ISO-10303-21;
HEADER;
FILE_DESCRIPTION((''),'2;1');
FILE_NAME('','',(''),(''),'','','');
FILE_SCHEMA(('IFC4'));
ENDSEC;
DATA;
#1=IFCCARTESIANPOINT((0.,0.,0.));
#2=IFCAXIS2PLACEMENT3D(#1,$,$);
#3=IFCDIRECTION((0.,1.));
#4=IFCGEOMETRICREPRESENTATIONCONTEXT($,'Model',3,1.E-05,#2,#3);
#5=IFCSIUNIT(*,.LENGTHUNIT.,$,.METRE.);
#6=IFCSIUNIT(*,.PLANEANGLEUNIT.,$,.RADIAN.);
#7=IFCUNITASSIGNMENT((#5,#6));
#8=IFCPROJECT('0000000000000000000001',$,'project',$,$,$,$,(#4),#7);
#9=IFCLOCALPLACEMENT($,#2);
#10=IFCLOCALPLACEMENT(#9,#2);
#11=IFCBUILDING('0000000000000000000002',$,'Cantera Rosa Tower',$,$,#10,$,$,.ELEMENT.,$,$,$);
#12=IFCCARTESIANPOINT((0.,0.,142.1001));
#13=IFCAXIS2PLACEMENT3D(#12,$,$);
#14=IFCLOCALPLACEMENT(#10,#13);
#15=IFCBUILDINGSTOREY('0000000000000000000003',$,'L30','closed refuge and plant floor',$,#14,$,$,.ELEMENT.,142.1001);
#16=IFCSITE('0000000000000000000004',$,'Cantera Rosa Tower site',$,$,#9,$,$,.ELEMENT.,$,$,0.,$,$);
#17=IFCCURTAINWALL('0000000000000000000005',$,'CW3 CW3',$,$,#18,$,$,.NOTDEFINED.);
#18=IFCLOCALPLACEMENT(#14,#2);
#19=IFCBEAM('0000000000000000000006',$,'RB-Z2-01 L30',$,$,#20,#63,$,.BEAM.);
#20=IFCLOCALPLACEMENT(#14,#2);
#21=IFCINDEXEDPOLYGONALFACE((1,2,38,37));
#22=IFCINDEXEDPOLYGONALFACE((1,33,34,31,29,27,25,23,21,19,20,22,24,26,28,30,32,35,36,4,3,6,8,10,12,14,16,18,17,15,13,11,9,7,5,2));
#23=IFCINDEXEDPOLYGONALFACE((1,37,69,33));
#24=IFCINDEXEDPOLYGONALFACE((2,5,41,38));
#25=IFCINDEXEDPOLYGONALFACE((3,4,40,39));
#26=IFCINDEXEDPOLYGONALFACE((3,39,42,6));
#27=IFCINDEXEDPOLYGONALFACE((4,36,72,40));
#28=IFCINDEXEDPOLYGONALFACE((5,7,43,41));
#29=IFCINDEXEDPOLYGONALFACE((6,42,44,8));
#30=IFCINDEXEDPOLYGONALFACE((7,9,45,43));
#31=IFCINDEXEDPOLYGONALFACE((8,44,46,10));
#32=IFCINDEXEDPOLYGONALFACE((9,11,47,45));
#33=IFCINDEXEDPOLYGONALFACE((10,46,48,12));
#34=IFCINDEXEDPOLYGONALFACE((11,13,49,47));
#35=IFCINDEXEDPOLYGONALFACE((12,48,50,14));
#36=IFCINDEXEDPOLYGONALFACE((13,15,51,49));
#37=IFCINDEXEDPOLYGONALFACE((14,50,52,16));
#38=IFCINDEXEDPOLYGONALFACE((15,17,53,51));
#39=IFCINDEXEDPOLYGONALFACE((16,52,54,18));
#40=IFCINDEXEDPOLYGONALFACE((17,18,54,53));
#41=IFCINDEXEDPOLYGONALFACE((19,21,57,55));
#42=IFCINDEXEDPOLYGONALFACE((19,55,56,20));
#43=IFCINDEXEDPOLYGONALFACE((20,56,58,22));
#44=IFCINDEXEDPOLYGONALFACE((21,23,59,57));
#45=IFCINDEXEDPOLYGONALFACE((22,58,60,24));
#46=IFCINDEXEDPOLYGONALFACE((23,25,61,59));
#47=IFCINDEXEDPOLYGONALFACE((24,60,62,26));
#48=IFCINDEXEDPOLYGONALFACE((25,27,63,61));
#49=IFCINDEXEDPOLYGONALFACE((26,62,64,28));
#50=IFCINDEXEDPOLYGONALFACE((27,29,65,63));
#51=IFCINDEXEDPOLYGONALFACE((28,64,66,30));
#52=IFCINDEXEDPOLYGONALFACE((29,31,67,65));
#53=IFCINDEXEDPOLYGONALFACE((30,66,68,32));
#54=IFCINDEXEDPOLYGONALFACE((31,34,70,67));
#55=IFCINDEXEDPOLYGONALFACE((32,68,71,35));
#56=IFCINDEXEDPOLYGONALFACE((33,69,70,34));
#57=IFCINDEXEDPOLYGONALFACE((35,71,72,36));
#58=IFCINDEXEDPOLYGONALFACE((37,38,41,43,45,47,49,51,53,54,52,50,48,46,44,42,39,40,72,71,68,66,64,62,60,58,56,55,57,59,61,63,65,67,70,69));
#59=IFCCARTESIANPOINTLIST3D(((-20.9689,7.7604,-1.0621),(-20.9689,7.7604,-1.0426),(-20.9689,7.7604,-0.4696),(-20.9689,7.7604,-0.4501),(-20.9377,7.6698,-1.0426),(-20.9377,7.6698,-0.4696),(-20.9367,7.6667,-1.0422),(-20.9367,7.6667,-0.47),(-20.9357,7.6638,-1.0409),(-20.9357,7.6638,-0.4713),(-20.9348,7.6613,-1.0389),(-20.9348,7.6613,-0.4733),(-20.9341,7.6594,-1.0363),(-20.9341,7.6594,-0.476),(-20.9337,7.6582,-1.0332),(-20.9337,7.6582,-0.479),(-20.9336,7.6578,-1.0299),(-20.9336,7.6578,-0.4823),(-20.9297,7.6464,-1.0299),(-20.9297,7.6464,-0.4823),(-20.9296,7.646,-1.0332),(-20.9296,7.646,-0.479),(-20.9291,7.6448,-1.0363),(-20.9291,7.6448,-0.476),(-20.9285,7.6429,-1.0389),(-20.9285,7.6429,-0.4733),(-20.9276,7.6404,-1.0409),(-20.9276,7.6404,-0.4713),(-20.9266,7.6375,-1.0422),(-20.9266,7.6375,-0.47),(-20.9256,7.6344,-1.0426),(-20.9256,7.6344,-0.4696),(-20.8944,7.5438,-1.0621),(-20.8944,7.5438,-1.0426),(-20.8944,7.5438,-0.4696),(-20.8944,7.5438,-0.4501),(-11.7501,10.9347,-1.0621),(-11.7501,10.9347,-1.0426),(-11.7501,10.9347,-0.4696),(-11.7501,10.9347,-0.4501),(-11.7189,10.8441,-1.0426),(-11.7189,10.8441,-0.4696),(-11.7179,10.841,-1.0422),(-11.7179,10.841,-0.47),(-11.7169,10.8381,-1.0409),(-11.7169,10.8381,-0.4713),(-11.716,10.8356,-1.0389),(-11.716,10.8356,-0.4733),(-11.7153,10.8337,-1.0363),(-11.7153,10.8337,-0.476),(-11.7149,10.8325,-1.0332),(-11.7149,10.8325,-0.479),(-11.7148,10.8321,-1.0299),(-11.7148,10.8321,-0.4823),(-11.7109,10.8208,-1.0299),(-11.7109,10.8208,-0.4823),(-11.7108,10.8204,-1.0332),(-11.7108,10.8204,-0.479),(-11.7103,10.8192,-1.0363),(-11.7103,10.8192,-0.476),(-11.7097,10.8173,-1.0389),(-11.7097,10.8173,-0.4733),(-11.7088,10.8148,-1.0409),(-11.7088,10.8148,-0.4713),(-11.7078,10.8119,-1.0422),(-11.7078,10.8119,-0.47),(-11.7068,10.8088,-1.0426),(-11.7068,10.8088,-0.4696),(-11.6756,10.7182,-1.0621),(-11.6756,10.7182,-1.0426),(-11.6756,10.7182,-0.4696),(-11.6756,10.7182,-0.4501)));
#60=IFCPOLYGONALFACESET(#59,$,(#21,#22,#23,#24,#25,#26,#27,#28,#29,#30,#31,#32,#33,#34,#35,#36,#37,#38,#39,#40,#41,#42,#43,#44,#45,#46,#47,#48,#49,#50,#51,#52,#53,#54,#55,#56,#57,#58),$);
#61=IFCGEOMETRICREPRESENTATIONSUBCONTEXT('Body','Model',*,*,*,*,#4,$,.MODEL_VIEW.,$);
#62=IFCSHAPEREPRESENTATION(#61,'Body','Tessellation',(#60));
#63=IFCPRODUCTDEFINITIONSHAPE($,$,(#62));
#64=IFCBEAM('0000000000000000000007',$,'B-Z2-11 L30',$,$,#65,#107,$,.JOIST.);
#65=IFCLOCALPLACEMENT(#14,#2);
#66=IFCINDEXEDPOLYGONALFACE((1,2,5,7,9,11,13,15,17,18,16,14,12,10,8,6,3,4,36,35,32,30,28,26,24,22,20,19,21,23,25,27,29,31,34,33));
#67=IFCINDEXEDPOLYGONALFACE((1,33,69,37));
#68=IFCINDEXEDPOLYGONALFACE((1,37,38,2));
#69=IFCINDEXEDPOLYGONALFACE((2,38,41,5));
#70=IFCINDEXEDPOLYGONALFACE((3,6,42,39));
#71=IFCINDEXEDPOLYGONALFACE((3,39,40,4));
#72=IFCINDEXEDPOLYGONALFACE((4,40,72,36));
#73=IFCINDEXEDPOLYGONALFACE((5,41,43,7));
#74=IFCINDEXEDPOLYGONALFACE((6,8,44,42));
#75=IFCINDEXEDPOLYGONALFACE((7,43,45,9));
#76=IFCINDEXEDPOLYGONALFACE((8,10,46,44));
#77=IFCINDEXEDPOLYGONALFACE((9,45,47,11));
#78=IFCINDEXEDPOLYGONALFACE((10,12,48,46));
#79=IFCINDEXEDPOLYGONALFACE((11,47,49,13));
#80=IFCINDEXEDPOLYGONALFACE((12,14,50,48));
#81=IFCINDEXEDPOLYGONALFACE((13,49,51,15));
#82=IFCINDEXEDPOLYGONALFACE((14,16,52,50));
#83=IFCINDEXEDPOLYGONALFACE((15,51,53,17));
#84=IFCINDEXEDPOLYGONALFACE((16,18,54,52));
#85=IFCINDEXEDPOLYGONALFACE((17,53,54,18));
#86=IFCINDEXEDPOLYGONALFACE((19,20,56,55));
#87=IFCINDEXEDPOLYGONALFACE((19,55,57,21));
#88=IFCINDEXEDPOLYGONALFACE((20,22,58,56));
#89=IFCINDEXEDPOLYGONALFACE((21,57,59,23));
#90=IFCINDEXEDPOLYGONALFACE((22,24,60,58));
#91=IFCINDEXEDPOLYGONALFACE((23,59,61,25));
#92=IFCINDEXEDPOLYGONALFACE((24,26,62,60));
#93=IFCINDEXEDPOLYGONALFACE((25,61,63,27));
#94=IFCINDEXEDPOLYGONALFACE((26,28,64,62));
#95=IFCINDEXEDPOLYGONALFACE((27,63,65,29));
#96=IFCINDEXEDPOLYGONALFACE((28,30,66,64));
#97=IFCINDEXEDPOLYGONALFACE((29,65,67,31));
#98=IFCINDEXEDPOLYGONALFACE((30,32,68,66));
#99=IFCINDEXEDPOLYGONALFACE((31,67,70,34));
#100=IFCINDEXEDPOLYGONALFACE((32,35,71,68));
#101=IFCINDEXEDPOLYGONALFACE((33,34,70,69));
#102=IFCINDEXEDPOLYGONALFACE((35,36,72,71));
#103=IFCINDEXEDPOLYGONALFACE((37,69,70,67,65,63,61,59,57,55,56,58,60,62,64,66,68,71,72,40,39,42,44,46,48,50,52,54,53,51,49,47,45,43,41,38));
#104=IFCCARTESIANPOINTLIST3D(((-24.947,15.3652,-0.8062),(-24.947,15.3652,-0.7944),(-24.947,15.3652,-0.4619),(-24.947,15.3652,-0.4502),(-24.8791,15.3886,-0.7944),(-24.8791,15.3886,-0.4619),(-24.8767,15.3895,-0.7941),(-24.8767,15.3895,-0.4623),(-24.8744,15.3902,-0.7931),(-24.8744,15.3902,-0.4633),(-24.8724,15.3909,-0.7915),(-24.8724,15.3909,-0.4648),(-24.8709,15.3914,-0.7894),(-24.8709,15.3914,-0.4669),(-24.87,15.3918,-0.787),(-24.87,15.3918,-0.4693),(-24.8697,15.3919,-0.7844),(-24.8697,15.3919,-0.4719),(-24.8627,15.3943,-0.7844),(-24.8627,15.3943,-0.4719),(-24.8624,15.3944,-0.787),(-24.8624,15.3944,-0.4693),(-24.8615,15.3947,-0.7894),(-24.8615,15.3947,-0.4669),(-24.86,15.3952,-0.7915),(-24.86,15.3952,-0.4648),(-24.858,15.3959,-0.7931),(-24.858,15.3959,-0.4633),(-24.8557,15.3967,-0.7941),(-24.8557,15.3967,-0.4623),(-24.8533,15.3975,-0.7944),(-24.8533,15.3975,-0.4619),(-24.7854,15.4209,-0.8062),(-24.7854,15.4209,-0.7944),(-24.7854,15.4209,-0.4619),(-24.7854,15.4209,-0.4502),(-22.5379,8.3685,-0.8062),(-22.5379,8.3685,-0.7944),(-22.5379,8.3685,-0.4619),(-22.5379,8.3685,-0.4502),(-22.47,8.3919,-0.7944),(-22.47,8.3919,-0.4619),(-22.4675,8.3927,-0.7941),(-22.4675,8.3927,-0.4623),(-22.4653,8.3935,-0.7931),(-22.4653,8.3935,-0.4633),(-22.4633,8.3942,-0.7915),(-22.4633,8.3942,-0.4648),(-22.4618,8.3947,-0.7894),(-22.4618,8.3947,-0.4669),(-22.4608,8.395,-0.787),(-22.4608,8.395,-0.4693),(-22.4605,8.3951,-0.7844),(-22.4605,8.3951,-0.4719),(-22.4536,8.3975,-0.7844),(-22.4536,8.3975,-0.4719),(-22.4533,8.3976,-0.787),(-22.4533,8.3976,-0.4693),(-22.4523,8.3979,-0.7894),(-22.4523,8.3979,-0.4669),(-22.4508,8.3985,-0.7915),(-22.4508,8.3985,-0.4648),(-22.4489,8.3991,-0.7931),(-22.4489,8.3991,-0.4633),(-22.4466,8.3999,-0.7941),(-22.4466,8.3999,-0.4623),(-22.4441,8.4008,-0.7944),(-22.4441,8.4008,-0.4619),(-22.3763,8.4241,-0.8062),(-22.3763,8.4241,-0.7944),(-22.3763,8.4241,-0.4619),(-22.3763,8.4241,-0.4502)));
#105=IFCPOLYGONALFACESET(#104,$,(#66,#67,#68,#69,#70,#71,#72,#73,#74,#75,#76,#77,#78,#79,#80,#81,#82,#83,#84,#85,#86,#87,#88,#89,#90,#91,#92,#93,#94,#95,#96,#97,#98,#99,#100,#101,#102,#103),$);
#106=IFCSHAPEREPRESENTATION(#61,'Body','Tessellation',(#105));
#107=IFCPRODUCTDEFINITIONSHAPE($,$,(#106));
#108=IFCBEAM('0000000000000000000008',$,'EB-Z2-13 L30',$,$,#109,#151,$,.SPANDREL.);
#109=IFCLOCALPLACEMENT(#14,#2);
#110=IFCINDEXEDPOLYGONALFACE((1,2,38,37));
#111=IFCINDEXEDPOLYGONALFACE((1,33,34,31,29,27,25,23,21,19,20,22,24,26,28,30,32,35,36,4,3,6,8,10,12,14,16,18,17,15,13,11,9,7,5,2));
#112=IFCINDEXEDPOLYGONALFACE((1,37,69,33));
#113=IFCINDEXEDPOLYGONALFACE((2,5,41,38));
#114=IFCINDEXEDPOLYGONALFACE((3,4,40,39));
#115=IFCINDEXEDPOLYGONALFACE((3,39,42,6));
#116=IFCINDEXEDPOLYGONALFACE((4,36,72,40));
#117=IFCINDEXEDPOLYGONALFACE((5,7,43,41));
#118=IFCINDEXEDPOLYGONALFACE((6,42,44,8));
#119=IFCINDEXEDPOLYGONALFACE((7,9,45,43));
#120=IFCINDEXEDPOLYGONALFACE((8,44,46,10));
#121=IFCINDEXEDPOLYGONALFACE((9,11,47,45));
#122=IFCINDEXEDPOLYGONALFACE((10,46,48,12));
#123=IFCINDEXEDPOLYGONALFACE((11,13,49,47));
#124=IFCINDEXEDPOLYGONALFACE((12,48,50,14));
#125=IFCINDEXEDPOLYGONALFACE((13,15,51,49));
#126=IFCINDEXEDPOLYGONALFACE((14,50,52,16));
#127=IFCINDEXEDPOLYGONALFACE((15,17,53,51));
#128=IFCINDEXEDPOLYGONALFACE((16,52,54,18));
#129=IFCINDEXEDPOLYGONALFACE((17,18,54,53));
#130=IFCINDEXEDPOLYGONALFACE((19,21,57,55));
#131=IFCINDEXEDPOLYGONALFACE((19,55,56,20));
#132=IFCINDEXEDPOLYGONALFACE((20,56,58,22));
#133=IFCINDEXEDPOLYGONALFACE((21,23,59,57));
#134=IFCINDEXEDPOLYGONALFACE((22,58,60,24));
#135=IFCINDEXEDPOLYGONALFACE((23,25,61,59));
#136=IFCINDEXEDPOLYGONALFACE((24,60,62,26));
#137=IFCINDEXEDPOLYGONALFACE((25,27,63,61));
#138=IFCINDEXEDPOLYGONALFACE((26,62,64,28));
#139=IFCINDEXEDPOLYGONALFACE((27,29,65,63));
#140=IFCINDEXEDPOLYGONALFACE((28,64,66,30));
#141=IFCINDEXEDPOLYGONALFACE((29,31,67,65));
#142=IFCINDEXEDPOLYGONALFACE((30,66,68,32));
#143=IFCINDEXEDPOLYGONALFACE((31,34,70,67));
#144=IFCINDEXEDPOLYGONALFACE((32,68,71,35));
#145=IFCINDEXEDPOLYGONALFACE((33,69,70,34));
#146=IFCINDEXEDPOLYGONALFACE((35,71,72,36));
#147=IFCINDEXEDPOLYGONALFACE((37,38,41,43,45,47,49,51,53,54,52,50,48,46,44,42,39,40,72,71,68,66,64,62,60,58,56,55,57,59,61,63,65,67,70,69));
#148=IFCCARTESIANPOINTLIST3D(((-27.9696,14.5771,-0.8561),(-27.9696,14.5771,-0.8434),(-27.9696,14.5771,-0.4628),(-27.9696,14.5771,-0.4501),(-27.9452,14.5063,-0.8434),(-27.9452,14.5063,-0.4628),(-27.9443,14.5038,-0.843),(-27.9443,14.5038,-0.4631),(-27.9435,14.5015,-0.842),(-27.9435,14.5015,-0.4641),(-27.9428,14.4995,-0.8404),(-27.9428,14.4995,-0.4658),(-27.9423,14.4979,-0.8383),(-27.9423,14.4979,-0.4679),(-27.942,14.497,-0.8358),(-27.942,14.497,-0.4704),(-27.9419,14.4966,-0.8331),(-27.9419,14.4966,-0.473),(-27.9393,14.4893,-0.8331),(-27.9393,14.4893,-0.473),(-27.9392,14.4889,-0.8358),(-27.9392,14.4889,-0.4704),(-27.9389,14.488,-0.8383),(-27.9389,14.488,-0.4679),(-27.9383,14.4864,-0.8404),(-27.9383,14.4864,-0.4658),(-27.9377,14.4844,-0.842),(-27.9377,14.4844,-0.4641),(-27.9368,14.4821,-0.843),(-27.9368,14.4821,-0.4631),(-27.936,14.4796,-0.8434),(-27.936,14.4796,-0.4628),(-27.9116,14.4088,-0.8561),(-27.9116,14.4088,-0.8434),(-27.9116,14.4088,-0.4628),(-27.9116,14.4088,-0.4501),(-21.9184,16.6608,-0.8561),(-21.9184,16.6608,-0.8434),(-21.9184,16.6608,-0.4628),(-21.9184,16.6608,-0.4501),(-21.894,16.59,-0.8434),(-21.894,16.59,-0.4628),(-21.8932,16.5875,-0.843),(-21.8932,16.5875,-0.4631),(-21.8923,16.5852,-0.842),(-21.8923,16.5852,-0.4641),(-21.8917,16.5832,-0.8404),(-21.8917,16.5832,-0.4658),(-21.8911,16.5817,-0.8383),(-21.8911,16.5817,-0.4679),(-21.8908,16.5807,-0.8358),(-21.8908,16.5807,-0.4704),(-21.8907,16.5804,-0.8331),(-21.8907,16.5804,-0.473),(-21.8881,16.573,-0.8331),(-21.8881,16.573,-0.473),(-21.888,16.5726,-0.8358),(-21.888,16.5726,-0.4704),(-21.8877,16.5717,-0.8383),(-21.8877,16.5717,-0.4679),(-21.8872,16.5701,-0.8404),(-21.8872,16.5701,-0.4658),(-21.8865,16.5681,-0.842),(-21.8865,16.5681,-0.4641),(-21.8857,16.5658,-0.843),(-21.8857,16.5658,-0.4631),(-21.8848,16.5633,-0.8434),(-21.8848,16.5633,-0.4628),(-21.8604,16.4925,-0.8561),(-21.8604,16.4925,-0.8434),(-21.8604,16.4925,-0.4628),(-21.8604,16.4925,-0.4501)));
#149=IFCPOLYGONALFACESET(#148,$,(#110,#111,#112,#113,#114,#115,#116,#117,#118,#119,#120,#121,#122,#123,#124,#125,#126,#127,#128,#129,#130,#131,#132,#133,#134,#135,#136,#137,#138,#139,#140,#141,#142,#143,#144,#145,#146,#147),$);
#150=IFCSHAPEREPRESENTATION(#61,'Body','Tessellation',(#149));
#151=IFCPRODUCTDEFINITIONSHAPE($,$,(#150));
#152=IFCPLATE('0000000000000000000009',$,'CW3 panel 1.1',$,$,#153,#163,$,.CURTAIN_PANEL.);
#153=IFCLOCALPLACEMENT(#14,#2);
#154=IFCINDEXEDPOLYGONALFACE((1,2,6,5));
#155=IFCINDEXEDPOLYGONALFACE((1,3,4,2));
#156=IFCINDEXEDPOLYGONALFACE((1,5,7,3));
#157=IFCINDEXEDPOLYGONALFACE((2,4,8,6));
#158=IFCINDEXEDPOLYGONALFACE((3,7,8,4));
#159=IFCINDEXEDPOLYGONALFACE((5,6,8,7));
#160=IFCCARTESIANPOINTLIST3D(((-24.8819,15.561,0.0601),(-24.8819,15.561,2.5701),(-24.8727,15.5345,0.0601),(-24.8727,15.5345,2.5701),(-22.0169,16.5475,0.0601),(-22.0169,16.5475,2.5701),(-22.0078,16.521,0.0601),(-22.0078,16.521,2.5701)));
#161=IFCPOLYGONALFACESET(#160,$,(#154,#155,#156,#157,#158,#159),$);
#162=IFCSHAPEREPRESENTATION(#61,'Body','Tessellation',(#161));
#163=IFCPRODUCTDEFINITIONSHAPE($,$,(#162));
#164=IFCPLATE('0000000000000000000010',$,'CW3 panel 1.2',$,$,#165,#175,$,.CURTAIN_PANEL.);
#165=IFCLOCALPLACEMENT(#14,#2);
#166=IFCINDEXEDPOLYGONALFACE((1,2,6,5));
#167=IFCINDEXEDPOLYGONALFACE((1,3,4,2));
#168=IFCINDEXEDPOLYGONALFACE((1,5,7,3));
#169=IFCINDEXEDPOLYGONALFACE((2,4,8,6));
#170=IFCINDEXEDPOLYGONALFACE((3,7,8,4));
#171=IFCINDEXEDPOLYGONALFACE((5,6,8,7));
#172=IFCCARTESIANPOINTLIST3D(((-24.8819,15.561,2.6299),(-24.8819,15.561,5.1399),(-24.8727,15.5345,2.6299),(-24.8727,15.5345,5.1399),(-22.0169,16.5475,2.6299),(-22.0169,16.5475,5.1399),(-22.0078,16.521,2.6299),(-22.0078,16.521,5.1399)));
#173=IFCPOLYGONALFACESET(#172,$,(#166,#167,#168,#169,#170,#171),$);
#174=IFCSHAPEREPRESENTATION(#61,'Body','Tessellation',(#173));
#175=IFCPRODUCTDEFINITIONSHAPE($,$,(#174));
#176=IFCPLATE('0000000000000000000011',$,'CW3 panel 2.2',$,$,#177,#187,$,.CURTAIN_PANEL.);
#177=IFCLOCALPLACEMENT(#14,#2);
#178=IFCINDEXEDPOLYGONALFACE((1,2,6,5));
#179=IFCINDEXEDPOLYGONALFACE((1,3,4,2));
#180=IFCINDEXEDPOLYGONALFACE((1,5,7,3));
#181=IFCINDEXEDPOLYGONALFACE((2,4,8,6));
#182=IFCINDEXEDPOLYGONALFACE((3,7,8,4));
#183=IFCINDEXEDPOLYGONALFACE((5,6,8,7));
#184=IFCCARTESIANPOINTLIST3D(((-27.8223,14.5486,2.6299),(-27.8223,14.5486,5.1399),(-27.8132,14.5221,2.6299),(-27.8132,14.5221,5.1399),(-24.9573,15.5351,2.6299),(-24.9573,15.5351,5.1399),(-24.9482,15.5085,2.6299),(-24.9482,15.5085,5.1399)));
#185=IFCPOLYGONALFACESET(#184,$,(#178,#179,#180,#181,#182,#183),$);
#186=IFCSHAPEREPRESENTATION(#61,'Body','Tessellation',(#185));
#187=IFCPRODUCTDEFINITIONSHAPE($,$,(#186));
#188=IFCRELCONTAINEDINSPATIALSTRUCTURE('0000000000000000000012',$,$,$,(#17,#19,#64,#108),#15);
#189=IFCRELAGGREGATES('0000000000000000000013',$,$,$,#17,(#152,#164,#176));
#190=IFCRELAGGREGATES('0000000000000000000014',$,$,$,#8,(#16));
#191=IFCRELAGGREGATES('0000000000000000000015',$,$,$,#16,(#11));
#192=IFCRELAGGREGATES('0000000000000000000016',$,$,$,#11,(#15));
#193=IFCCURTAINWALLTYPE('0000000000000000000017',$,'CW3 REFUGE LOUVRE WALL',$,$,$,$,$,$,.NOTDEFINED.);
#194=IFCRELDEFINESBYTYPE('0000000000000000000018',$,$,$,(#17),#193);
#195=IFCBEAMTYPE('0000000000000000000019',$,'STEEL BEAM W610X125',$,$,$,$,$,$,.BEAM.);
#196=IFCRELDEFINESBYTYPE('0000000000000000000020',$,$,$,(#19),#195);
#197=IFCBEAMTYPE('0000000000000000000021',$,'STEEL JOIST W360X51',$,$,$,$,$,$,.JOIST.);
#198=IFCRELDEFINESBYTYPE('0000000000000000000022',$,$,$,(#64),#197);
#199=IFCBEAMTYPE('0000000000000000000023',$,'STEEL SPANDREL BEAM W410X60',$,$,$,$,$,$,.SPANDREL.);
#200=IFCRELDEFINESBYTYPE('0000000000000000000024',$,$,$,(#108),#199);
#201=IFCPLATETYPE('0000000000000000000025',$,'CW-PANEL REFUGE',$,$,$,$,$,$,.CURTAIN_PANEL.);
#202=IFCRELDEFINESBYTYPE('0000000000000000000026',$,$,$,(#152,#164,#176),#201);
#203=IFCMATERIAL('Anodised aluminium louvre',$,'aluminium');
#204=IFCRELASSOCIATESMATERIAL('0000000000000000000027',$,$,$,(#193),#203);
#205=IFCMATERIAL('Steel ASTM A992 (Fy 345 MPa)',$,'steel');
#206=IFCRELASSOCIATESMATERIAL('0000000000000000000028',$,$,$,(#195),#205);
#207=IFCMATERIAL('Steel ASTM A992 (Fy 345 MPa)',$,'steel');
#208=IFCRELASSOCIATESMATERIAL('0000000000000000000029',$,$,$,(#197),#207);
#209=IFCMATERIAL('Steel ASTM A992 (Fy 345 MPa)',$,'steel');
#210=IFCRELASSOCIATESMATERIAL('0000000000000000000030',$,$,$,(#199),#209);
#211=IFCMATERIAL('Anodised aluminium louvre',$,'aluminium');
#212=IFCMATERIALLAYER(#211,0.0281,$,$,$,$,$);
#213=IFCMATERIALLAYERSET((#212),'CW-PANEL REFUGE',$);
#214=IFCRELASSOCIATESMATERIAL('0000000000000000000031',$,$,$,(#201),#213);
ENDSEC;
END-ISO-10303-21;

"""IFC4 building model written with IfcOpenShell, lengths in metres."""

from ifc_helpers import new_model, si_unit, direction, frame, origin, origin_2d, place, context, subcontext, project, spatial, rectangle, i_section, extrude, material, layer, layer_set, material_profile, profile_set, type_object, element, aggregate, save


model = new_model("IFC4")

# Units and contexts
model_context = context("Model", 3, precision=1e-05, world=origin(), true_north=direction((0.0, 1.0)))
body_context = subcontext(model_context, "Body", "Model", "MODEL_VIEW")
ifc_project = project(units=[si_unit("LENGTHUNIT", "METRE"), si_unit("PLANEANGLEUNIT", "RADIAN")], contexts=[model_context])

# Site, building, storey
site_placement = place(None, origin())
site = spatial("IfcSite", under=ifc_project, at=site_placement, Name="Cantera Rosa Tower site", CompositionType="ELEMENT", RefElevation=0.0)
building_placement = place(site_placement, origin())
building = spatial("IfcBuilding", under=site, at=building_placement, Name="Cantera Rosa Tower", CompositionType="ELEMENT")
storey_placement = place(building_placement, frame((0.0, 0.0, 142.1001)))
storey = spatial("IfcBuildingStorey", under=building, at=storey_placement, Name="L30", Description="closed refuge and plant floor", CompositionType="ELEMENT", Elevation=142.1001)

# Shared definitions
ifc_material_1 = material(Name="Anodised aluminium louvre", Category="aluminium")
curtain_wall_type = type_object("IfcCurtainWallType", Name="CW3 REFUGE LOUVRE WALL", PredefinedType="NOTDEFINED", material=ifc_material_1)

# Curtain wall
curtain_wall_1_placement = place(storey_placement, origin())
curtain_wall_1 = element("IfcCurtainWall", 1, at=curtain_wall_1_placement, inside=storey, type_object=curtain_wall_type, Name="CW3 CW3", PredefinedType="NOTDEFINED")

# Beams
ifc_material_2 = material(Name="Steel ASTM A992 (Fy 345 MPa)", Category="steel")
ifc_material_profile_1 = material_profile(ifc_material_2, i_section(OverallWidth=0.229, OverallDepth=0.6121, WebThickness=0.012, FlangeThickness=0.0195, FilletRadius=0.0127, at=origin_2d()), Name="W610X125")
ifc_profile_set_1 = profile_set([ifc_material_profile_1], Name="Steel ASTM A992 (Fy 345 MPa)")
beam_type_1 = type_object("IfcBeamType", Name="STEEL BEAM W610X125", PredefinedType="BEAM", material=ifc_profile_set_1)
beam_1_placement = place(storey_placement, frame((-20.9316, 7.6521, -0.7561), z_axis=(0.945517, 0.325572, 0.0), x_axis=(-0.325572, 0.945517, 0.0)))
element("IfcBeam", 2, at=beam_1_placement, inside=storey, type_object=beam_type_1, Name="RB-Z2-01 L30", PredefinedType="BEAM", context=body_context, shape_type="SweptSolid", body=[
    extrude(i_section(OverallWidth=0.229, OverallDepth=0.6121, WebThickness=0.012, FlangeThickness=0.0195, FilletRadius=0.0127, at=origin_2d()), origin(), (0.0, 0.0, 1.0), 9.75),
])
ifc_material_3 = material(Name="Steel ASTM A992 (Fy 345 MPa)", Category="steel")
ifc_material_profile_2 = material_profile(ifc_material_3, i_section(OverallWidth=0.1709, OverallDepth=0.356, WebThickness=0.0073, FlangeThickness=0.0117, FilletRadius=0.01, at=origin_2d()), Name="W360X51")
ifc_profile_set_2 = profile_set([ifc_material_profile_2], Name="Steel ASTM A992 (Fy 345 MPa)")
beam_type_2 = type_object("IfcBeamType", Name="STEEL JOIST W360X51", PredefinedType="JOIST", material=ifc_profile_set_2)
beam_2_placement = place(storey_placement, frame((-24.8662, 15.3931, -0.6282), z_axis=(0.325566, -0.945519, 0.0), x_axis=(0.945519, 0.325566, 0.0)))
element("IfcBeam", 3, at=beam_2_placement, inside=storey, type_object=beam_type_2, Name="B-Z2-11 L30", PredefinedType="JOIST", context=body_context, shape_type="SweptSolid", body=[
    extrude(i_section(OverallWidth=0.1709, OverallDepth=0.356, WebThickness=0.0073, FlangeThickness=0.0117, FilletRadius=0.01, at=origin_2d()), origin(), (0.0, 0.0, 1.0), 7.3999),
])
ifc_material_4 = material(Name="Steel ASTM A992 (Fy 345 MPa)", Category="steel")
ifc_material_profile_3 = material_profile(ifc_material_4, i_section(OverallWidth=0.178, OverallDepth=0.406, WebThickness=0.0078, FlangeThickness=0.0127, FilletRadius=0.0103, at=origin_2d()), Name="W410X60")
ifc_profile_set_3 = profile_set([ifc_material_profile_3], Name="Steel ASTM A992 (Fy 345 MPa)")
beam_type_3 = type_object("IfcBeamType", Name="STEEL SPANDREL BEAM W410X60", PredefinedType="SPANDREL", material=ifc_profile_set_3)
beam_3_placement = place(storey_placement, frame((-21.8894, 16.5767, -0.6531), z_axis=(-0.945513, -0.325585, 0.0), x_axis=(0.325585, -0.945513, 0.0)))
element("IfcBeam", 4, at=beam_3_placement, inside=storey, type_object=beam_type_3, Name="EB-Z2-13 L30", PredefinedType="SPANDREL", context=body_context, shape_type="SweptSolid", body=[
    extrude(i_section(OverallWidth=0.178, OverallDepth=0.406, WebThickness=0.0078, FlangeThickness=0.0127, FilletRadius=0.0103, at=origin_2d()), origin(), (0.0, 0.0, 1.0), 6.3999),
])

# Plates
ifc_material_5 = material(Name="Anodised aluminium louvre", Category="aluminium")
ifc_layer_1 = layer(ifc_material_5, 0.0281)
ifc_layer_set_1 = layer_set([ifc_layer_1], Name="CW-PANEL REFUGE")
plate_type = type_object("IfcPlateType", Name="CW-PANEL REFUGE", PredefinedType="CURTAIN_PANEL", material=ifc_layer_set_1)
plate_1_placement = place(storey_placement, frame((-23.4448, 16.041, 0.0601), z_axis=(0.0, 0.0, 1.0), x_axis=(-0.945519, -0.325568, 0.0)))
plate_1 = element("IfcPlate", 5, at=plate_1_placement, type_object=plate_type, Name="CW3 panel 1.1", PredefinedType="CURTAIN_PANEL", context=body_context, shape_type="SweptSolid", body=[
    extrude(rectangle(XDim=3.03, YDim=0.0281, at=origin_2d()), origin(), (0.0, 0.0, 1.0), 2.51),
])
plate_2_placement = place(storey_placement, frame((-23.4448, 16.041, 2.6299), z_axis=(0.0, 0.0, 1.0), x_axis=(-0.945519, -0.325568, 0.0)))
plate_2 = element("IfcPlate", 6, at=plate_2_placement, type_object=plate_type, Name="CW3 panel 1.2", PredefinedType="CURTAIN_PANEL", context=body_context, shape_type="SweptSolid", body=[
    extrude(rectangle(XDim=3.03, YDim=0.0281, at=origin_2d()), origin(), (0.0, 0.0, 1.0), 2.51),
])
plate_3_placement = place(storey_placement, frame((-26.3853, 15.0286, 2.6299), z_axis=(0.0, 0.0, 1.0), x_axis=(-0.945519, -0.325568, 0.0)))
plate_3 = element("IfcPlate", 7, at=plate_3_placement, type_object=plate_type, Name="CW3 panel 2.2", PredefinedType="CURTAIN_PANEL", context=body_context, shape_type="SweptSolid", body=[
    extrude(rectangle(XDim=3.03, YDim=0.0281, at=origin_2d()), origin(), (0.0, 0.0, 1.0), 2.51),
])
aggregate(curtain_wall_1, [plate_1, plate_2, plate_3])

save(model, "model.ifc")
